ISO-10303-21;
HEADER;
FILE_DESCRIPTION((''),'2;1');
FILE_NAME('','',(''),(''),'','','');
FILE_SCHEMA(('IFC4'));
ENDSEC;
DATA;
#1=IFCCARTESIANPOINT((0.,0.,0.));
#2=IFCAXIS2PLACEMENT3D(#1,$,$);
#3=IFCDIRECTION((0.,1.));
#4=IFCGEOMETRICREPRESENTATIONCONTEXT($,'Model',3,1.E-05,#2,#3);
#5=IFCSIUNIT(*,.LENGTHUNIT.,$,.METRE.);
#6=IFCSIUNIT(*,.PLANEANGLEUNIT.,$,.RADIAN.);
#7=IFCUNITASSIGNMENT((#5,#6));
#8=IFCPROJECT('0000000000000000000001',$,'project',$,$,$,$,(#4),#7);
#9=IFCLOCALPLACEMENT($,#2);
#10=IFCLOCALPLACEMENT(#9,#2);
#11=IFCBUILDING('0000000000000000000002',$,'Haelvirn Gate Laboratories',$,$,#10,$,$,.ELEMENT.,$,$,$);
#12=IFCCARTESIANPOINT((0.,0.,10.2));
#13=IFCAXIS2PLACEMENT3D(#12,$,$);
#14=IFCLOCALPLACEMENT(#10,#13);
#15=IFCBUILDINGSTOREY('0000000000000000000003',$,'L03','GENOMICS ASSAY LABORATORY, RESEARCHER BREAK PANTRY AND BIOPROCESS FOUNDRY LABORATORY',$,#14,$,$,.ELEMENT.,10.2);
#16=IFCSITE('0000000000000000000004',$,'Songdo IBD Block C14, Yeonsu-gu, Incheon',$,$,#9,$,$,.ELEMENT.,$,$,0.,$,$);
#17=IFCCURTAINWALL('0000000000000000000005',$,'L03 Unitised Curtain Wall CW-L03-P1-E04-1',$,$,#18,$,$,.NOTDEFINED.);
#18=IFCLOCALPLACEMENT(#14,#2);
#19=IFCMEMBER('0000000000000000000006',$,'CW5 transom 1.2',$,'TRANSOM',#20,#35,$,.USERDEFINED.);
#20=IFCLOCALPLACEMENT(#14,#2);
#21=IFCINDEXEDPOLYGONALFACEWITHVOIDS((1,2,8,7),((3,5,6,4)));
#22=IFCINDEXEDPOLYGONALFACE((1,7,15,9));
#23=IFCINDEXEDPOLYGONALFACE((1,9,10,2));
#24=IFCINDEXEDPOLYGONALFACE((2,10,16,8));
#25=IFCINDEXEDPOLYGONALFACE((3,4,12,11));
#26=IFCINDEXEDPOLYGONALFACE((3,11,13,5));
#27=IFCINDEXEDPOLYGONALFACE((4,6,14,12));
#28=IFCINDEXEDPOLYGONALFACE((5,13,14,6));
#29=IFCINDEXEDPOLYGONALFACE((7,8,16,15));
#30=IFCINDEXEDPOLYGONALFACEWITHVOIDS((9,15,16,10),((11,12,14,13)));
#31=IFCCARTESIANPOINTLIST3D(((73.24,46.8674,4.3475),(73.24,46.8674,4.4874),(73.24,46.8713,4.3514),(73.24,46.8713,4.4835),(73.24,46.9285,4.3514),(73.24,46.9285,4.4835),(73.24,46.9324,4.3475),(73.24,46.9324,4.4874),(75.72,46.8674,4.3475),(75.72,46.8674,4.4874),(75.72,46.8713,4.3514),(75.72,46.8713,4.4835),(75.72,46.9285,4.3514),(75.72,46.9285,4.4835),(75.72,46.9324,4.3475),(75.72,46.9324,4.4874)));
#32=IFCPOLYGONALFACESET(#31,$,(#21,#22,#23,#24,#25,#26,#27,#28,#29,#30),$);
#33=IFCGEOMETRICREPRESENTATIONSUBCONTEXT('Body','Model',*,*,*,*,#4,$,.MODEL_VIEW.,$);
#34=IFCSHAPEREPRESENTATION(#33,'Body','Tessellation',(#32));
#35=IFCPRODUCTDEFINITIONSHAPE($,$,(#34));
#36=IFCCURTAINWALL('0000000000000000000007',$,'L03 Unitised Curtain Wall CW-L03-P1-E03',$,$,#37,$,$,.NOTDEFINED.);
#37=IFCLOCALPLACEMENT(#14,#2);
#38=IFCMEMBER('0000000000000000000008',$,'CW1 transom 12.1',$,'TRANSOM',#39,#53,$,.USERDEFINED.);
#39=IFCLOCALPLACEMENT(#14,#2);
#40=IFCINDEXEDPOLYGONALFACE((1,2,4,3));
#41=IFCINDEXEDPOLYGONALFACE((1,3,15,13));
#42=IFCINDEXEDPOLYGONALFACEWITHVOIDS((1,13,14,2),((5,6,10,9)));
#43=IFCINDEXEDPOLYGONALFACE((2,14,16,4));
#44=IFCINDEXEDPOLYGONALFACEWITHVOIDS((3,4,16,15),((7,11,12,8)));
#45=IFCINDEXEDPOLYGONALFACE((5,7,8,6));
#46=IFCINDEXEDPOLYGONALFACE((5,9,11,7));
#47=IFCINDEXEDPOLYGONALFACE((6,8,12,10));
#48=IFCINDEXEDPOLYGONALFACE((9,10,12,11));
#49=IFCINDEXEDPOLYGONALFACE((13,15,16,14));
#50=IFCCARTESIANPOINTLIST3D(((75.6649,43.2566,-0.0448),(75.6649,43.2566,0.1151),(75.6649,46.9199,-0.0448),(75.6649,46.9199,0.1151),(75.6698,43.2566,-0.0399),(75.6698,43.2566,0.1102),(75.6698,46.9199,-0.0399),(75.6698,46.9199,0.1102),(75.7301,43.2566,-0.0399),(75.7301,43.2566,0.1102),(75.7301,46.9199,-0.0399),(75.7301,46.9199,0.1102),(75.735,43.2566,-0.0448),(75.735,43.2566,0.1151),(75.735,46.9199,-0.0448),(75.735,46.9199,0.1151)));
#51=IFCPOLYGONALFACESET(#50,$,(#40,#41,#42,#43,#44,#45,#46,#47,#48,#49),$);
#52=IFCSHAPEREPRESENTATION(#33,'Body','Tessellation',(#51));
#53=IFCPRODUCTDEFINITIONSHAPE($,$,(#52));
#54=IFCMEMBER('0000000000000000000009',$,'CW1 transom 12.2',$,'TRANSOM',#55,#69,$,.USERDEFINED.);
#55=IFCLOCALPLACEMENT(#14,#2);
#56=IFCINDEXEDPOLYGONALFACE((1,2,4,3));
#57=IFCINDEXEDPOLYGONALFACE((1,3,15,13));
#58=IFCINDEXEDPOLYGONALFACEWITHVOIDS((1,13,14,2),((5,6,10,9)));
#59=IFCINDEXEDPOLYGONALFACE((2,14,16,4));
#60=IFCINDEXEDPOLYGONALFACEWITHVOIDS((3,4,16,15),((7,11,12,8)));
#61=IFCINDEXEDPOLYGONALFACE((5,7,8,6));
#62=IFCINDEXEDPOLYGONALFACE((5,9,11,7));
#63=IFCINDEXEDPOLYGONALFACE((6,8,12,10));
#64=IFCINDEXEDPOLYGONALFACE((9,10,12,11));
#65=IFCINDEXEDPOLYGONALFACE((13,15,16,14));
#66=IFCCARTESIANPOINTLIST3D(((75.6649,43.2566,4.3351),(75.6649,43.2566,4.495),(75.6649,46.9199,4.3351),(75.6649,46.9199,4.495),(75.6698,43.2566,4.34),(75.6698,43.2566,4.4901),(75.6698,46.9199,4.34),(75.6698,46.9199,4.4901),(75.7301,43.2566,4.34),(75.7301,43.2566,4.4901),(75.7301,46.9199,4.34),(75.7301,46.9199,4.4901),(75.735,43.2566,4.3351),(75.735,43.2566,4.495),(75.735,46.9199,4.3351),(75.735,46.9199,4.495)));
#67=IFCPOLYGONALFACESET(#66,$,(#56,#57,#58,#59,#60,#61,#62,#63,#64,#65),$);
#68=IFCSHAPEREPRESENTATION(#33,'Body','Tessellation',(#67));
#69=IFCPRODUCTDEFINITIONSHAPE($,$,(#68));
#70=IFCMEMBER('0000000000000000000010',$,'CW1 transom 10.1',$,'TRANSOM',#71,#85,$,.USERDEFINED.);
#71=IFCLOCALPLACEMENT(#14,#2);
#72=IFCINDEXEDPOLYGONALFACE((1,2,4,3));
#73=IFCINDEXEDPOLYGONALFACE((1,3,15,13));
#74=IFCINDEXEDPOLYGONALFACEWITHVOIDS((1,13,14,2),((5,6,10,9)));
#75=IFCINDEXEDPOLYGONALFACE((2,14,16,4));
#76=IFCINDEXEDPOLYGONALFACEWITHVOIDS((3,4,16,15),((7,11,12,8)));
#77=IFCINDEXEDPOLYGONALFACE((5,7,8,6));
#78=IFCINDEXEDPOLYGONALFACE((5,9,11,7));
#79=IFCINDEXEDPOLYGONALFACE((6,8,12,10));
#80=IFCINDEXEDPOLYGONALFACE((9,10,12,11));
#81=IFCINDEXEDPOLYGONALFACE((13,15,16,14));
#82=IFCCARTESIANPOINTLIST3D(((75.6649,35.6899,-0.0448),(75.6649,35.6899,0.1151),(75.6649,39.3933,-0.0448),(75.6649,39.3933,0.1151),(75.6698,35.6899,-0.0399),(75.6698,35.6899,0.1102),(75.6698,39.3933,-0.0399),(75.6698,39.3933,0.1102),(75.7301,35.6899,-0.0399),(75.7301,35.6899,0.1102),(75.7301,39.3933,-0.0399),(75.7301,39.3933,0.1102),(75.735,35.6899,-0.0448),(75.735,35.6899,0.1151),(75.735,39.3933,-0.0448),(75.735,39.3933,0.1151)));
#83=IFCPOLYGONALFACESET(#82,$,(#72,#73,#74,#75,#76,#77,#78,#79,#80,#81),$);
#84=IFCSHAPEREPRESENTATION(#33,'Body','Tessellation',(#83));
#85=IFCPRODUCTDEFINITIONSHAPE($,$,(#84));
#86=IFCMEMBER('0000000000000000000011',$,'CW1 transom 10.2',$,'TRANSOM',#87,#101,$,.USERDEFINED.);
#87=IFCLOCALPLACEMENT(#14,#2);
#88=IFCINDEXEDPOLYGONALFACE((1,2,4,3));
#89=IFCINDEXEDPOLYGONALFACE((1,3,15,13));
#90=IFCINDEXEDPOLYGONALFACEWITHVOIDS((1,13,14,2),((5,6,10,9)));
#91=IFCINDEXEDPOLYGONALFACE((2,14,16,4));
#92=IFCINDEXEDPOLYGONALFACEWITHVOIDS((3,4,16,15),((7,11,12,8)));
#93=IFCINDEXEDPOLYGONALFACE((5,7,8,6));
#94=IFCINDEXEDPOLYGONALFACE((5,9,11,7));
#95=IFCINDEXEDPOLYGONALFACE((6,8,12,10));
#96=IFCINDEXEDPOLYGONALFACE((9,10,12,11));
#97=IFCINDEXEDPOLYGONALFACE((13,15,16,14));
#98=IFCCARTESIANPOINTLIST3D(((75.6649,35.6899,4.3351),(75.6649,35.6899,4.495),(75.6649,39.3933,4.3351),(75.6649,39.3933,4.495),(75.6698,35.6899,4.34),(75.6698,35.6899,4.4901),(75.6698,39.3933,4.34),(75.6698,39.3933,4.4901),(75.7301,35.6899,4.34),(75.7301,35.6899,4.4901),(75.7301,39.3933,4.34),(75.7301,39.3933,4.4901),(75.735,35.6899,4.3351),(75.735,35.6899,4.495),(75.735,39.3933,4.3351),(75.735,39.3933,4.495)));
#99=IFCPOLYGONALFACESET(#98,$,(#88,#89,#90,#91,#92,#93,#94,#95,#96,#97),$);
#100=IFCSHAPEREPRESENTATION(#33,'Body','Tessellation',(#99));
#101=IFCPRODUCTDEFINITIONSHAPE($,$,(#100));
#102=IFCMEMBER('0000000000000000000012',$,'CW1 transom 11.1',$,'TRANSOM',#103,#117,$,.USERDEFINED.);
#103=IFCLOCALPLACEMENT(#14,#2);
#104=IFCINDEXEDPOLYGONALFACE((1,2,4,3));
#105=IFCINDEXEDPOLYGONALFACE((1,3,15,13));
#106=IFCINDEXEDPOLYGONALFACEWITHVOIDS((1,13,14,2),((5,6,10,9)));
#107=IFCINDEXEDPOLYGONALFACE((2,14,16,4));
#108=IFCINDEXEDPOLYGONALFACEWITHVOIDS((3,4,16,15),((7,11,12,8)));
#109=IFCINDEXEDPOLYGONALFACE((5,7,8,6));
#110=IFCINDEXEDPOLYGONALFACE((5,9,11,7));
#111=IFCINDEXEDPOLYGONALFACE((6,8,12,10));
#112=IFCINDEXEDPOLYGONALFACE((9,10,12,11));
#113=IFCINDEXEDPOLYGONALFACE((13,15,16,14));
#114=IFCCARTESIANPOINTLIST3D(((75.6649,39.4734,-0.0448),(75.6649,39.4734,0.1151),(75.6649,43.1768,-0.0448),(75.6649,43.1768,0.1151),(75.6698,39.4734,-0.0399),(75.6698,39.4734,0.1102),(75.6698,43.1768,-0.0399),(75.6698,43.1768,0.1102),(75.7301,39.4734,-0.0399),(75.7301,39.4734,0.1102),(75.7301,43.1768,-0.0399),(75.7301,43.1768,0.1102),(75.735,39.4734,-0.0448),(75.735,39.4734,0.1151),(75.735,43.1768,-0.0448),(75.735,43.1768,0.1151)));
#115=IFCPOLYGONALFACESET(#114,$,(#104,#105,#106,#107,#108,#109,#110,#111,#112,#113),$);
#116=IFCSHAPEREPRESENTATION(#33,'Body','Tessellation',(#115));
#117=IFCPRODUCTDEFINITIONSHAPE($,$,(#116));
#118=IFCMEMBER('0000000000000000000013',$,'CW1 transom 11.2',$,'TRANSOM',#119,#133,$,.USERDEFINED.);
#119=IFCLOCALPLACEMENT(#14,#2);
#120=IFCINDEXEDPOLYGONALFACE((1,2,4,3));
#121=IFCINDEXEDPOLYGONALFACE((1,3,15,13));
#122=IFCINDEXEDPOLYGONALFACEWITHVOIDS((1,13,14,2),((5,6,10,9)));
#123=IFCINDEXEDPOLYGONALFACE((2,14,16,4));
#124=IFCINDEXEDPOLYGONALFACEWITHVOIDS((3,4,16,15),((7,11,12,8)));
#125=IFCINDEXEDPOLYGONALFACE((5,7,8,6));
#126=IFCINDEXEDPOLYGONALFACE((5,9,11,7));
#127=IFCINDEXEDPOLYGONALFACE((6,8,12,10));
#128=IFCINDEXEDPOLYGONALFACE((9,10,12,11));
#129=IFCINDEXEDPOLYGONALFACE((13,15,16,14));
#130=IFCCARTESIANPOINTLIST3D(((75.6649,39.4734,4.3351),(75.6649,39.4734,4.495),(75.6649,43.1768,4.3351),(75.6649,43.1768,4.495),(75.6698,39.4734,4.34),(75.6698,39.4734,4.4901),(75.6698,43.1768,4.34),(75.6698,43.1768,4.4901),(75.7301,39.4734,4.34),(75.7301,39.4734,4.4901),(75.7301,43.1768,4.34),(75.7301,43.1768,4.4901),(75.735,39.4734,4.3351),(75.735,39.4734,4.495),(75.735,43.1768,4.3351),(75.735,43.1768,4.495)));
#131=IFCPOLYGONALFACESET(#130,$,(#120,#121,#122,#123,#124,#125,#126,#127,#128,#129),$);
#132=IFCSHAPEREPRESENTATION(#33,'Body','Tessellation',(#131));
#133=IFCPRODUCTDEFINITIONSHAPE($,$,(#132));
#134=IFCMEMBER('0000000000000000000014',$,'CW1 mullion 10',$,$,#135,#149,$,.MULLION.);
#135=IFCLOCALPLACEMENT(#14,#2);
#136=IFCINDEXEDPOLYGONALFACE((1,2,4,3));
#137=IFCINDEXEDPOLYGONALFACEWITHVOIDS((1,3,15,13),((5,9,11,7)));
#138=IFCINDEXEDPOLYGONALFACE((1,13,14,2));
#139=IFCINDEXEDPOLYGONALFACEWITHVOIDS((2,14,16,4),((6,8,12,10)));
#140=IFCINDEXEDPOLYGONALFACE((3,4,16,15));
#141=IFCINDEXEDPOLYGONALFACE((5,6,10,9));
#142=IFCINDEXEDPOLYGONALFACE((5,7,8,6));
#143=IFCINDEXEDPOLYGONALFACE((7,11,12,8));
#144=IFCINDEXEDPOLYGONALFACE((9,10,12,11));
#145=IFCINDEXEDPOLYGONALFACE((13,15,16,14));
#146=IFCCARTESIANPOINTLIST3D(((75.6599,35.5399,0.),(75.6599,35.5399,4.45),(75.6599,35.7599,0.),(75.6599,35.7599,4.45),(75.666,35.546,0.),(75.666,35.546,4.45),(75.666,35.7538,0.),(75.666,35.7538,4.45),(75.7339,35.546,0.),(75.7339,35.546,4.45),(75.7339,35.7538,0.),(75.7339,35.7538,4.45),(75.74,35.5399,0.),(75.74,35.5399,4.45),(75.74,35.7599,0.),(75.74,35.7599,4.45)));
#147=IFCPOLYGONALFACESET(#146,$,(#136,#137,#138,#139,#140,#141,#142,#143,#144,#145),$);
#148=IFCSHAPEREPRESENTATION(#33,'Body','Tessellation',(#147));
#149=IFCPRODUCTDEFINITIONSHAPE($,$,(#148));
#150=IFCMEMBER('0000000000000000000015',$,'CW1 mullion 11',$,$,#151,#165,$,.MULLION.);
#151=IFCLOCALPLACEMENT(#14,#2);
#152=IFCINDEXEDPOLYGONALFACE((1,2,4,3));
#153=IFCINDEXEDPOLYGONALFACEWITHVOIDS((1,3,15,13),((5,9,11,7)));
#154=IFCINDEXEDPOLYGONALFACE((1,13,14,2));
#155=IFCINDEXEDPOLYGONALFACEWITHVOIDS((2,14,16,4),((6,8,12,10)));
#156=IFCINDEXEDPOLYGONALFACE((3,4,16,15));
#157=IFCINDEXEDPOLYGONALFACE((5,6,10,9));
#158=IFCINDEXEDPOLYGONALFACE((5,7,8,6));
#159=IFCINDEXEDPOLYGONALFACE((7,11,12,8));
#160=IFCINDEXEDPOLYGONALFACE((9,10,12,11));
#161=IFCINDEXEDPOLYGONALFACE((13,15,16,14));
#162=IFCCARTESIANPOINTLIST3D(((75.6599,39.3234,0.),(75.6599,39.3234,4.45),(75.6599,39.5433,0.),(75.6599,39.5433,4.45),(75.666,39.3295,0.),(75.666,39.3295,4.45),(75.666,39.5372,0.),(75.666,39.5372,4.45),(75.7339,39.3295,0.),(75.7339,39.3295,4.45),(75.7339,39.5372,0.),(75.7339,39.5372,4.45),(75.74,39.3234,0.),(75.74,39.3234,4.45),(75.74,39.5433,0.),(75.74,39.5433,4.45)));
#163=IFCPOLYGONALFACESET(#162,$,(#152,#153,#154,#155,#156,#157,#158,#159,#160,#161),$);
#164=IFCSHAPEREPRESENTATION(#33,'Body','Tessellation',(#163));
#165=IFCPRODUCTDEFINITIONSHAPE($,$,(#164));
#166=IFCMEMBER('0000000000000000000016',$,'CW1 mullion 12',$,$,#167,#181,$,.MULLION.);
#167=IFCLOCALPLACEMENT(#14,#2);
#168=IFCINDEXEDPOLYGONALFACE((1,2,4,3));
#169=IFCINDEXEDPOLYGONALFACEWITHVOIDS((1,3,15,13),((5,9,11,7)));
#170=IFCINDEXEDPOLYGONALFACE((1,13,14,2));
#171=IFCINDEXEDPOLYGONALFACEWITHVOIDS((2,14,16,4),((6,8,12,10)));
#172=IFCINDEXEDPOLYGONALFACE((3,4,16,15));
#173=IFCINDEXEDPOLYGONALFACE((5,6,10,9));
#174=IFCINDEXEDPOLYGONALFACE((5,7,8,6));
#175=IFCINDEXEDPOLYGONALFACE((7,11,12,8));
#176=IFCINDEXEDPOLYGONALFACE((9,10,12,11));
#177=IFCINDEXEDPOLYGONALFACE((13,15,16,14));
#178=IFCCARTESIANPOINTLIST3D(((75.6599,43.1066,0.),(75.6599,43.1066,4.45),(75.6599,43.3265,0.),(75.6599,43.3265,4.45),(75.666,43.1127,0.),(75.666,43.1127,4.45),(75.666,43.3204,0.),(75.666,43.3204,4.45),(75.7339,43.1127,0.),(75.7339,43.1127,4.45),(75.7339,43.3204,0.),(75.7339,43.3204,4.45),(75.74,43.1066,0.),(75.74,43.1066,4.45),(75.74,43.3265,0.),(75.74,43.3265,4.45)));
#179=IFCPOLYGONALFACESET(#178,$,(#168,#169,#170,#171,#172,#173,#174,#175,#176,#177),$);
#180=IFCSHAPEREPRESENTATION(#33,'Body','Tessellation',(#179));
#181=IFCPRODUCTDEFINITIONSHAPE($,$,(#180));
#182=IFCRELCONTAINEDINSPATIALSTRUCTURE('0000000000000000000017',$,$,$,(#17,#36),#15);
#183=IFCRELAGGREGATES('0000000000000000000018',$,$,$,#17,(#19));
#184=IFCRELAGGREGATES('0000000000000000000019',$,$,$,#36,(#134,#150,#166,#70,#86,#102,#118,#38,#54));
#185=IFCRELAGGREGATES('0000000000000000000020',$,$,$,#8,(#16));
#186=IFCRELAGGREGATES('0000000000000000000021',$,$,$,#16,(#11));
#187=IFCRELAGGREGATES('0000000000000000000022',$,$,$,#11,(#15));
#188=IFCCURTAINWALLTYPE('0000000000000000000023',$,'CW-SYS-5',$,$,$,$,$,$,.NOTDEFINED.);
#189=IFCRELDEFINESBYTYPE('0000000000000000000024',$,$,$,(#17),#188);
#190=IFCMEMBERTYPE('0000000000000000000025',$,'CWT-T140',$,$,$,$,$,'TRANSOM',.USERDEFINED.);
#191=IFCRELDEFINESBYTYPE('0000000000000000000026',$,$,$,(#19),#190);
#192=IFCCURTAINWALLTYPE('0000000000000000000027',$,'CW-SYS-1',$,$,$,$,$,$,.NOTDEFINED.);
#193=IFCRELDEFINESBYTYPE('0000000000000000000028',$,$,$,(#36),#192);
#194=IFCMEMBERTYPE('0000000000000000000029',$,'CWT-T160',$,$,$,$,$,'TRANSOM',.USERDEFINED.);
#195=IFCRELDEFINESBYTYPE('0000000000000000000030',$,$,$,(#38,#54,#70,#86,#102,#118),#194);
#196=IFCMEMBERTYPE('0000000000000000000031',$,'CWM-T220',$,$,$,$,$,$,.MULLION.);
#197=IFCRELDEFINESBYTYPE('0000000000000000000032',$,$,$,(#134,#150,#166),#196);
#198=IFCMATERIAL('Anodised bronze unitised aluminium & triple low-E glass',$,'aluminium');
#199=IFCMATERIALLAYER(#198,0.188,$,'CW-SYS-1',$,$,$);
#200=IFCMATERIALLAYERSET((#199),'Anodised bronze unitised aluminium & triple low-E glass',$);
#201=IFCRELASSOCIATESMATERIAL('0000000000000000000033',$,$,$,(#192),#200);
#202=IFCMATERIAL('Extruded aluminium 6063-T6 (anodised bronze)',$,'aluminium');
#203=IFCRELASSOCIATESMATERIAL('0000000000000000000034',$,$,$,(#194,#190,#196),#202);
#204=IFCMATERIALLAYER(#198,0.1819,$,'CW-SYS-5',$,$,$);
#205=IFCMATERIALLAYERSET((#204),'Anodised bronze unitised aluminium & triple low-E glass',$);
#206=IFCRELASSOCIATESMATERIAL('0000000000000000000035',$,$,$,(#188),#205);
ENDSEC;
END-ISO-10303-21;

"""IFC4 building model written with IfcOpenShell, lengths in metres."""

from ifc_helpers import new_model, si_unit, direction, frame, origin, origin_2d, place, context, subcontext, project, spatial, hollow_rectangle, extrude, source, transform, mapped, material, layer, layer_set, material_profile, profile_set, type_object, type_shapes, element, aggregate, save


model = new_model("IFC4")

# Units and contexts
model_context = context("Model", 3, precision=1e-05, world=origin(), true_north=direction((0.0, 1.0)))
body_context = subcontext(model_context, "Body", "Model", "MODEL_VIEW")
ifc_project = project(units=[si_unit("LENGTHUNIT", "METRE"), si_unit("PLANEANGLEUNIT", "RADIAN")], contexts=[model_context])

# Site, building, storey
site_placement = place(None, origin())
site = spatial("IfcSite", under=ifc_project, at=site_placement, Name="Songdo IBD Block C14, Yeonsu-gu, Incheon", CompositionType="ELEMENT", RefElevation=0.0)
building_placement = place(site_placement, origin())
building = spatial("IfcBuilding", under=site, at=building_placement, Name="Haelvirn Gate Laboratories", CompositionType="ELEMENT")
storey_placement = place(building_placement, frame((0.0, 0.0, 10.2)))
storey = spatial("IfcBuildingStorey", under=building, at=storey_placement, Name="L03", Description="GENOMICS ASSAY LABORATORY, RESEARCHER BREAK PANTRY AND BIOPROCESS FOUNDRY LABORATORY", CompositionType="ELEMENT", Elevation=10.2)

# Curtain walls, members
ifc_material_1 = material(Name="Anodised bronze unitised aluminium & triple low-E glass", Category="aluminium")
ifc_layer_1 = layer(ifc_material_1, 0.188, Name="CW-SYS-1")
ifc_layer_set_1 = layer_set([ifc_layer_1], Name="Anodised bronze unitised aluminium & triple low-E glass")
curtain_wall_type_1 = type_object("IfcCurtainWallType", Name="CW-SYS-1", PredefinedType="NOTDEFINED", material=ifc_layer_set_1)
ifc_material_2 = material(Name="Extruded aluminium 6063-T6 (anodised bronze)", Category="aluminium")
ifc_material_profile_1 = material_profile(ifc_material_2, hollow_rectangle(XDim=0.0701, YDim=0.1599, WallThickness=0.0049, at=origin_2d()), Name="CWT-160x70x5")
ifc_profile_set_1 = profile_set([ifc_material_profile_1], Name="Extruded aluminium 6063-T6 (anodised bronze)")
member_type_1 = type_object("IfcMemberType", Name="CWT-T160", ElementType="TRANSOM", PredefinedType="USERDEFINED", material=ifc_profile_set_1)
ifc_layer_2 = layer(ifc_material_1, 0.1819, Name="CW-SYS-5")
ifc_layer_set_2 = layer_set([ifc_layer_2], Name="Anodised bronze unitised aluminium & triple low-E glass")
curtain_wall_type_2 = type_object("IfcCurtainWallType", Name="CW-SYS-5", PredefinedType="NOTDEFINED", material=ifc_layer_set_2)
curtain_wall_1_placement = place(storey_placement, origin())
curtain_wall_1 = element("IfcCurtainWall", 1, at=curtain_wall_1_placement, inside=storey, type_object=curtain_wall_type_2, Name="L03 Unitised Curtain Wall CW-L03-P1-E04-1", PredefinedType="NOTDEFINED")
ifc_material_profile_2 = material_profile(ifc_material_2, hollow_rectangle(XDim=0.0649, YDim=0.1399, WallThickness=0.0039, at=origin_2d()), Name="CWT-140x65x4")
ifc_profile_set_2 = profile_set([ifc_material_profile_2], Name="Extruded aluminium 6063-T6 (anodised bronze)")
member_type_2 = type_object("IfcMemberType", Name="CWT-T140", ElementType="TRANSOM", PredefinedType="USERDEFINED", material=ifc_profile_set_2)
shared_shape_1 = source(origin(), body_context, "Body", "SweptSolid", [
    extrude(hollow_rectangle(XDim=0.0649, YDim=0.1399, WallThickness=0.0039, at=origin_2d()), origin(), (0.0, 0.0, 1.0), 2.48),
])
type_shapes(member_type_2, [shared_shape_1])
member_1_placement = place(storey_placement, frame((73.24, 46.8999, 4.4175), z_axis=(1.0, 0.0, 0.0), x_axis=(0.0, 1.0, 0.0)))
member_1 = element("IfcMember", 2, at=member_1_placement, type_object=member_type_2, Name="CW5 transom 1.2", ObjectType="TRANSOM", PredefinedType="USERDEFINED", context=body_context, shape_type="MappedRepresentation", body=[
    mapped(shared_shape_1, transform((0.0, 0.0, 0.0), scale=1.0)),
])
curtain_wall_2_placement = place(storey_placement, origin())
curtain_wall_2 = element("IfcCurtainWall", 3, at=curtain_wall_2_placement, inside=storey, type_object=curtain_wall_type_1, Name="L03 Unitised Curtain Wall CW-L03-P1-E03", PredefinedType="NOTDEFINED")
shared_shape_2 = source(origin(), body_context, "Body", "SweptSolid", [
    extrude(hollow_rectangle(XDim=0.0701, YDim=0.1599, WallThickness=0.0049, at=origin_2d()), origin(), (0.0, 0.0, 1.0), 3.6633),
])
member_2_placement = place(storey_placement, frame((75.7, 43.2566, 0.0352), z_axis=(0.0, 1.0, 0.0), x_axis=(-1.0, 0.0, 0.0)))
member_2 = element("IfcMember", 4, at=member_2_placement, type_object=member_type_1, Name="CW1 transom 12.1", ObjectType="TRANSOM", PredefinedType="USERDEFINED", context=body_context, shape_type="MappedRepresentation", body=[
    mapped(shared_shape_2, transform((0.0, 0.0, 0.0), scale=1.0)),
])
member_3_placement = place(storey_placement, frame((75.7, 43.2566, 4.415), z_axis=(0.0, 1.0, 0.0), x_axis=(-1.0, 0.0, 0.0)))
member_3 = element("IfcMember", 5, at=member_3_placement, type_object=member_type_1, Name="CW1 transom 12.2", ObjectType="TRANSOM", PredefinedType="USERDEFINED", context=body_context, shape_type="MappedRepresentation", body=[
    mapped(shared_shape_2, transform((0.0, 0.0, 0.0), scale=1.0)),
])
shared_shape_3 = source(origin(), body_context, "Body", "SweptSolid", [
    extrude(hollow_rectangle(XDim=0.0701, YDim=0.1599, WallThickness=0.0049, at=origin_2d()), origin(), (0.0, 0.0, 1.0), 3.7034),
])
member_4_placement = place(storey_placement, frame((75.7, 35.6899, 0.0352), z_axis=(0.0, 1.0, 0.0), x_axis=(-1.0, 0.0, 0.0)))
member_4 = element("IfcMember", 6, at=member_4_placement, type_object=member_type_1, Name="CW1 transom 10.1", ObjectType="TRANSOM", PredefinedType="USERDEFINED", context=body_context, shape_type="MappedRepresentation", body=[
    mapped(shared_shape_3, transform((0.0, 0.0, 0.0), scale=1.0)),
])
member_5_placement = place(storey_placement, frame((75.7, 35.6899, 4.415), z_axis=(0.0, 1.0, 0.0), x_axis=(-1.0, 0.0, 0.0)))
member_5 = element("IfcMember", 7, at=member_5_placement, type_object=member_type_1, Name="CW1 transom 10.2", ObjectType="TRANSOM", PredefinedType="USERDEFINED", context=body_context, shape_type="MappedRepresentation", body=[
    mapped(shared_shape_3, transform((0.0, 0.0, 0.0), scale=1.0)),
])
member_6_placement = place(storey_placement, frame((75.7, 39.4734, 0.0352), z_axis=(0.0, 1.0, 0.0), x_axis=(-1.0, 0.0, 0.0)))
member_6 = element("IfcMember", 8, at=member_6_placement, type_object=member_type_1, Name="CW1 transom 11.1", ObjectType="TRANSOM", PredefinedType="USERDEFINED", context=body_context, shape_type="MappedRepresentation", body=[
    mapped(shared_shape_3, transform((0.0, 0.0, 0.0), scale=1.0)),
])
member_7_placement = place(storey_placement, frame((75.7, 39.4734, 4.415), z_axis=(0.0, 1.0, 0.0), x_axis=(-1.0, 0.0, 0.0)))
member_7 = element("IfcMember", 9, at=member_7_placement, type_object=member_type_1, Name="CW1 transom 11.2", ObjectType="TRANSOM", PredefinedType="USERDEFINED", context=body_context, shape_type="MappedRepresentation", body=[
    mapped(shared_shape_3, transform((0.0, 0.0, 0.0), scale=1.0)),
])
ifc_material_profile_3 = material_profile(ifc_material_2, hollow_rectangle(XDim=0.0801, YDim=0.22, WallThickness=0.0061, at=origin_2d()), Name="CWM-220x80x6")
ifc_profile_set_3 = profile_set([ifc_material_profile_3], Name="Extruded aluminium 6063-T6 (anodised bronze)")
member_type_3 = type_object("IfcMemberType", Name="CWM-T220", PredefinedType="MULLION", material=ifc_profile_set_3)
shared_shape_4 = source(origin(), body_context, "Body", "SweptSolid", [
    extrude(hollow_rectangle(XDim=0.0801, YDim=0.22, WallThickness=0.0061, at=origin_2d()), origin(), (0.0, 0.0, 1.0), 4.45),
])
type_shapes(member_type_3, [shared_shape_4])
member_8_placement = place(storey_placement, frame((75.7, 35.6499, 0.0), z_axis=(0.0, 0.0, 1.0), x_axis=(-1.0, 0.0, 0.0)))
member_8 = element("IfcMember", 10, at=member_8_placement, type_object=member_type_3, Name="CW1 mullion 10", PredefinedType="MULLION", context=body_context, shape_type="MappedRepresentation", body=[
    mapped(shared_shape_4, transform((0.0, 0.0, 0.0), scale=1.0)),
])
member_9_placement = place(storey_placement, frame((75.7, 39.4333, 0.0), z_axis=(0.0, 0.0, 1.0), x_axis=(-1.0, 0.0, 0.0)))
member_9 = element("IfcMember", 11, at=member_9_placement, type_object=member_type_3, Name="CW1 mullion 11", PredefinedType="MULLION", context=body_context, shape_type="MappedRepresentation", body=[
    mapped(shared_shape_4, transform((0.0, 0.0, 0.0), scale=1.0)),
])
member_10_placement = place(storey_placement, frame((75.7, 43.2166, 0.0), z_axis=(0.0, 0.0, 1.0), x_axis=(-1.0, 0.0, 0.0)))
member_10 = element("IfcMember", 12, at=member_10_placement, type_object=member_type_3, Name="CW1 mullion 12", PredefinedType="MULLION", context=body_context, shape_type="MappedRepresentation", body=[
    mapped(shared_shape_4, transform((0.0, 0.0, 0.0), scale=1.0)),
])

aggregate(curtain_wall_1, [member_1])
aggregate(curtain_wall_2, [member_8, member_9, member_10, member_4, member_5, member_6, member_7, member_2, member_3])

save(model, "model.ifc")
